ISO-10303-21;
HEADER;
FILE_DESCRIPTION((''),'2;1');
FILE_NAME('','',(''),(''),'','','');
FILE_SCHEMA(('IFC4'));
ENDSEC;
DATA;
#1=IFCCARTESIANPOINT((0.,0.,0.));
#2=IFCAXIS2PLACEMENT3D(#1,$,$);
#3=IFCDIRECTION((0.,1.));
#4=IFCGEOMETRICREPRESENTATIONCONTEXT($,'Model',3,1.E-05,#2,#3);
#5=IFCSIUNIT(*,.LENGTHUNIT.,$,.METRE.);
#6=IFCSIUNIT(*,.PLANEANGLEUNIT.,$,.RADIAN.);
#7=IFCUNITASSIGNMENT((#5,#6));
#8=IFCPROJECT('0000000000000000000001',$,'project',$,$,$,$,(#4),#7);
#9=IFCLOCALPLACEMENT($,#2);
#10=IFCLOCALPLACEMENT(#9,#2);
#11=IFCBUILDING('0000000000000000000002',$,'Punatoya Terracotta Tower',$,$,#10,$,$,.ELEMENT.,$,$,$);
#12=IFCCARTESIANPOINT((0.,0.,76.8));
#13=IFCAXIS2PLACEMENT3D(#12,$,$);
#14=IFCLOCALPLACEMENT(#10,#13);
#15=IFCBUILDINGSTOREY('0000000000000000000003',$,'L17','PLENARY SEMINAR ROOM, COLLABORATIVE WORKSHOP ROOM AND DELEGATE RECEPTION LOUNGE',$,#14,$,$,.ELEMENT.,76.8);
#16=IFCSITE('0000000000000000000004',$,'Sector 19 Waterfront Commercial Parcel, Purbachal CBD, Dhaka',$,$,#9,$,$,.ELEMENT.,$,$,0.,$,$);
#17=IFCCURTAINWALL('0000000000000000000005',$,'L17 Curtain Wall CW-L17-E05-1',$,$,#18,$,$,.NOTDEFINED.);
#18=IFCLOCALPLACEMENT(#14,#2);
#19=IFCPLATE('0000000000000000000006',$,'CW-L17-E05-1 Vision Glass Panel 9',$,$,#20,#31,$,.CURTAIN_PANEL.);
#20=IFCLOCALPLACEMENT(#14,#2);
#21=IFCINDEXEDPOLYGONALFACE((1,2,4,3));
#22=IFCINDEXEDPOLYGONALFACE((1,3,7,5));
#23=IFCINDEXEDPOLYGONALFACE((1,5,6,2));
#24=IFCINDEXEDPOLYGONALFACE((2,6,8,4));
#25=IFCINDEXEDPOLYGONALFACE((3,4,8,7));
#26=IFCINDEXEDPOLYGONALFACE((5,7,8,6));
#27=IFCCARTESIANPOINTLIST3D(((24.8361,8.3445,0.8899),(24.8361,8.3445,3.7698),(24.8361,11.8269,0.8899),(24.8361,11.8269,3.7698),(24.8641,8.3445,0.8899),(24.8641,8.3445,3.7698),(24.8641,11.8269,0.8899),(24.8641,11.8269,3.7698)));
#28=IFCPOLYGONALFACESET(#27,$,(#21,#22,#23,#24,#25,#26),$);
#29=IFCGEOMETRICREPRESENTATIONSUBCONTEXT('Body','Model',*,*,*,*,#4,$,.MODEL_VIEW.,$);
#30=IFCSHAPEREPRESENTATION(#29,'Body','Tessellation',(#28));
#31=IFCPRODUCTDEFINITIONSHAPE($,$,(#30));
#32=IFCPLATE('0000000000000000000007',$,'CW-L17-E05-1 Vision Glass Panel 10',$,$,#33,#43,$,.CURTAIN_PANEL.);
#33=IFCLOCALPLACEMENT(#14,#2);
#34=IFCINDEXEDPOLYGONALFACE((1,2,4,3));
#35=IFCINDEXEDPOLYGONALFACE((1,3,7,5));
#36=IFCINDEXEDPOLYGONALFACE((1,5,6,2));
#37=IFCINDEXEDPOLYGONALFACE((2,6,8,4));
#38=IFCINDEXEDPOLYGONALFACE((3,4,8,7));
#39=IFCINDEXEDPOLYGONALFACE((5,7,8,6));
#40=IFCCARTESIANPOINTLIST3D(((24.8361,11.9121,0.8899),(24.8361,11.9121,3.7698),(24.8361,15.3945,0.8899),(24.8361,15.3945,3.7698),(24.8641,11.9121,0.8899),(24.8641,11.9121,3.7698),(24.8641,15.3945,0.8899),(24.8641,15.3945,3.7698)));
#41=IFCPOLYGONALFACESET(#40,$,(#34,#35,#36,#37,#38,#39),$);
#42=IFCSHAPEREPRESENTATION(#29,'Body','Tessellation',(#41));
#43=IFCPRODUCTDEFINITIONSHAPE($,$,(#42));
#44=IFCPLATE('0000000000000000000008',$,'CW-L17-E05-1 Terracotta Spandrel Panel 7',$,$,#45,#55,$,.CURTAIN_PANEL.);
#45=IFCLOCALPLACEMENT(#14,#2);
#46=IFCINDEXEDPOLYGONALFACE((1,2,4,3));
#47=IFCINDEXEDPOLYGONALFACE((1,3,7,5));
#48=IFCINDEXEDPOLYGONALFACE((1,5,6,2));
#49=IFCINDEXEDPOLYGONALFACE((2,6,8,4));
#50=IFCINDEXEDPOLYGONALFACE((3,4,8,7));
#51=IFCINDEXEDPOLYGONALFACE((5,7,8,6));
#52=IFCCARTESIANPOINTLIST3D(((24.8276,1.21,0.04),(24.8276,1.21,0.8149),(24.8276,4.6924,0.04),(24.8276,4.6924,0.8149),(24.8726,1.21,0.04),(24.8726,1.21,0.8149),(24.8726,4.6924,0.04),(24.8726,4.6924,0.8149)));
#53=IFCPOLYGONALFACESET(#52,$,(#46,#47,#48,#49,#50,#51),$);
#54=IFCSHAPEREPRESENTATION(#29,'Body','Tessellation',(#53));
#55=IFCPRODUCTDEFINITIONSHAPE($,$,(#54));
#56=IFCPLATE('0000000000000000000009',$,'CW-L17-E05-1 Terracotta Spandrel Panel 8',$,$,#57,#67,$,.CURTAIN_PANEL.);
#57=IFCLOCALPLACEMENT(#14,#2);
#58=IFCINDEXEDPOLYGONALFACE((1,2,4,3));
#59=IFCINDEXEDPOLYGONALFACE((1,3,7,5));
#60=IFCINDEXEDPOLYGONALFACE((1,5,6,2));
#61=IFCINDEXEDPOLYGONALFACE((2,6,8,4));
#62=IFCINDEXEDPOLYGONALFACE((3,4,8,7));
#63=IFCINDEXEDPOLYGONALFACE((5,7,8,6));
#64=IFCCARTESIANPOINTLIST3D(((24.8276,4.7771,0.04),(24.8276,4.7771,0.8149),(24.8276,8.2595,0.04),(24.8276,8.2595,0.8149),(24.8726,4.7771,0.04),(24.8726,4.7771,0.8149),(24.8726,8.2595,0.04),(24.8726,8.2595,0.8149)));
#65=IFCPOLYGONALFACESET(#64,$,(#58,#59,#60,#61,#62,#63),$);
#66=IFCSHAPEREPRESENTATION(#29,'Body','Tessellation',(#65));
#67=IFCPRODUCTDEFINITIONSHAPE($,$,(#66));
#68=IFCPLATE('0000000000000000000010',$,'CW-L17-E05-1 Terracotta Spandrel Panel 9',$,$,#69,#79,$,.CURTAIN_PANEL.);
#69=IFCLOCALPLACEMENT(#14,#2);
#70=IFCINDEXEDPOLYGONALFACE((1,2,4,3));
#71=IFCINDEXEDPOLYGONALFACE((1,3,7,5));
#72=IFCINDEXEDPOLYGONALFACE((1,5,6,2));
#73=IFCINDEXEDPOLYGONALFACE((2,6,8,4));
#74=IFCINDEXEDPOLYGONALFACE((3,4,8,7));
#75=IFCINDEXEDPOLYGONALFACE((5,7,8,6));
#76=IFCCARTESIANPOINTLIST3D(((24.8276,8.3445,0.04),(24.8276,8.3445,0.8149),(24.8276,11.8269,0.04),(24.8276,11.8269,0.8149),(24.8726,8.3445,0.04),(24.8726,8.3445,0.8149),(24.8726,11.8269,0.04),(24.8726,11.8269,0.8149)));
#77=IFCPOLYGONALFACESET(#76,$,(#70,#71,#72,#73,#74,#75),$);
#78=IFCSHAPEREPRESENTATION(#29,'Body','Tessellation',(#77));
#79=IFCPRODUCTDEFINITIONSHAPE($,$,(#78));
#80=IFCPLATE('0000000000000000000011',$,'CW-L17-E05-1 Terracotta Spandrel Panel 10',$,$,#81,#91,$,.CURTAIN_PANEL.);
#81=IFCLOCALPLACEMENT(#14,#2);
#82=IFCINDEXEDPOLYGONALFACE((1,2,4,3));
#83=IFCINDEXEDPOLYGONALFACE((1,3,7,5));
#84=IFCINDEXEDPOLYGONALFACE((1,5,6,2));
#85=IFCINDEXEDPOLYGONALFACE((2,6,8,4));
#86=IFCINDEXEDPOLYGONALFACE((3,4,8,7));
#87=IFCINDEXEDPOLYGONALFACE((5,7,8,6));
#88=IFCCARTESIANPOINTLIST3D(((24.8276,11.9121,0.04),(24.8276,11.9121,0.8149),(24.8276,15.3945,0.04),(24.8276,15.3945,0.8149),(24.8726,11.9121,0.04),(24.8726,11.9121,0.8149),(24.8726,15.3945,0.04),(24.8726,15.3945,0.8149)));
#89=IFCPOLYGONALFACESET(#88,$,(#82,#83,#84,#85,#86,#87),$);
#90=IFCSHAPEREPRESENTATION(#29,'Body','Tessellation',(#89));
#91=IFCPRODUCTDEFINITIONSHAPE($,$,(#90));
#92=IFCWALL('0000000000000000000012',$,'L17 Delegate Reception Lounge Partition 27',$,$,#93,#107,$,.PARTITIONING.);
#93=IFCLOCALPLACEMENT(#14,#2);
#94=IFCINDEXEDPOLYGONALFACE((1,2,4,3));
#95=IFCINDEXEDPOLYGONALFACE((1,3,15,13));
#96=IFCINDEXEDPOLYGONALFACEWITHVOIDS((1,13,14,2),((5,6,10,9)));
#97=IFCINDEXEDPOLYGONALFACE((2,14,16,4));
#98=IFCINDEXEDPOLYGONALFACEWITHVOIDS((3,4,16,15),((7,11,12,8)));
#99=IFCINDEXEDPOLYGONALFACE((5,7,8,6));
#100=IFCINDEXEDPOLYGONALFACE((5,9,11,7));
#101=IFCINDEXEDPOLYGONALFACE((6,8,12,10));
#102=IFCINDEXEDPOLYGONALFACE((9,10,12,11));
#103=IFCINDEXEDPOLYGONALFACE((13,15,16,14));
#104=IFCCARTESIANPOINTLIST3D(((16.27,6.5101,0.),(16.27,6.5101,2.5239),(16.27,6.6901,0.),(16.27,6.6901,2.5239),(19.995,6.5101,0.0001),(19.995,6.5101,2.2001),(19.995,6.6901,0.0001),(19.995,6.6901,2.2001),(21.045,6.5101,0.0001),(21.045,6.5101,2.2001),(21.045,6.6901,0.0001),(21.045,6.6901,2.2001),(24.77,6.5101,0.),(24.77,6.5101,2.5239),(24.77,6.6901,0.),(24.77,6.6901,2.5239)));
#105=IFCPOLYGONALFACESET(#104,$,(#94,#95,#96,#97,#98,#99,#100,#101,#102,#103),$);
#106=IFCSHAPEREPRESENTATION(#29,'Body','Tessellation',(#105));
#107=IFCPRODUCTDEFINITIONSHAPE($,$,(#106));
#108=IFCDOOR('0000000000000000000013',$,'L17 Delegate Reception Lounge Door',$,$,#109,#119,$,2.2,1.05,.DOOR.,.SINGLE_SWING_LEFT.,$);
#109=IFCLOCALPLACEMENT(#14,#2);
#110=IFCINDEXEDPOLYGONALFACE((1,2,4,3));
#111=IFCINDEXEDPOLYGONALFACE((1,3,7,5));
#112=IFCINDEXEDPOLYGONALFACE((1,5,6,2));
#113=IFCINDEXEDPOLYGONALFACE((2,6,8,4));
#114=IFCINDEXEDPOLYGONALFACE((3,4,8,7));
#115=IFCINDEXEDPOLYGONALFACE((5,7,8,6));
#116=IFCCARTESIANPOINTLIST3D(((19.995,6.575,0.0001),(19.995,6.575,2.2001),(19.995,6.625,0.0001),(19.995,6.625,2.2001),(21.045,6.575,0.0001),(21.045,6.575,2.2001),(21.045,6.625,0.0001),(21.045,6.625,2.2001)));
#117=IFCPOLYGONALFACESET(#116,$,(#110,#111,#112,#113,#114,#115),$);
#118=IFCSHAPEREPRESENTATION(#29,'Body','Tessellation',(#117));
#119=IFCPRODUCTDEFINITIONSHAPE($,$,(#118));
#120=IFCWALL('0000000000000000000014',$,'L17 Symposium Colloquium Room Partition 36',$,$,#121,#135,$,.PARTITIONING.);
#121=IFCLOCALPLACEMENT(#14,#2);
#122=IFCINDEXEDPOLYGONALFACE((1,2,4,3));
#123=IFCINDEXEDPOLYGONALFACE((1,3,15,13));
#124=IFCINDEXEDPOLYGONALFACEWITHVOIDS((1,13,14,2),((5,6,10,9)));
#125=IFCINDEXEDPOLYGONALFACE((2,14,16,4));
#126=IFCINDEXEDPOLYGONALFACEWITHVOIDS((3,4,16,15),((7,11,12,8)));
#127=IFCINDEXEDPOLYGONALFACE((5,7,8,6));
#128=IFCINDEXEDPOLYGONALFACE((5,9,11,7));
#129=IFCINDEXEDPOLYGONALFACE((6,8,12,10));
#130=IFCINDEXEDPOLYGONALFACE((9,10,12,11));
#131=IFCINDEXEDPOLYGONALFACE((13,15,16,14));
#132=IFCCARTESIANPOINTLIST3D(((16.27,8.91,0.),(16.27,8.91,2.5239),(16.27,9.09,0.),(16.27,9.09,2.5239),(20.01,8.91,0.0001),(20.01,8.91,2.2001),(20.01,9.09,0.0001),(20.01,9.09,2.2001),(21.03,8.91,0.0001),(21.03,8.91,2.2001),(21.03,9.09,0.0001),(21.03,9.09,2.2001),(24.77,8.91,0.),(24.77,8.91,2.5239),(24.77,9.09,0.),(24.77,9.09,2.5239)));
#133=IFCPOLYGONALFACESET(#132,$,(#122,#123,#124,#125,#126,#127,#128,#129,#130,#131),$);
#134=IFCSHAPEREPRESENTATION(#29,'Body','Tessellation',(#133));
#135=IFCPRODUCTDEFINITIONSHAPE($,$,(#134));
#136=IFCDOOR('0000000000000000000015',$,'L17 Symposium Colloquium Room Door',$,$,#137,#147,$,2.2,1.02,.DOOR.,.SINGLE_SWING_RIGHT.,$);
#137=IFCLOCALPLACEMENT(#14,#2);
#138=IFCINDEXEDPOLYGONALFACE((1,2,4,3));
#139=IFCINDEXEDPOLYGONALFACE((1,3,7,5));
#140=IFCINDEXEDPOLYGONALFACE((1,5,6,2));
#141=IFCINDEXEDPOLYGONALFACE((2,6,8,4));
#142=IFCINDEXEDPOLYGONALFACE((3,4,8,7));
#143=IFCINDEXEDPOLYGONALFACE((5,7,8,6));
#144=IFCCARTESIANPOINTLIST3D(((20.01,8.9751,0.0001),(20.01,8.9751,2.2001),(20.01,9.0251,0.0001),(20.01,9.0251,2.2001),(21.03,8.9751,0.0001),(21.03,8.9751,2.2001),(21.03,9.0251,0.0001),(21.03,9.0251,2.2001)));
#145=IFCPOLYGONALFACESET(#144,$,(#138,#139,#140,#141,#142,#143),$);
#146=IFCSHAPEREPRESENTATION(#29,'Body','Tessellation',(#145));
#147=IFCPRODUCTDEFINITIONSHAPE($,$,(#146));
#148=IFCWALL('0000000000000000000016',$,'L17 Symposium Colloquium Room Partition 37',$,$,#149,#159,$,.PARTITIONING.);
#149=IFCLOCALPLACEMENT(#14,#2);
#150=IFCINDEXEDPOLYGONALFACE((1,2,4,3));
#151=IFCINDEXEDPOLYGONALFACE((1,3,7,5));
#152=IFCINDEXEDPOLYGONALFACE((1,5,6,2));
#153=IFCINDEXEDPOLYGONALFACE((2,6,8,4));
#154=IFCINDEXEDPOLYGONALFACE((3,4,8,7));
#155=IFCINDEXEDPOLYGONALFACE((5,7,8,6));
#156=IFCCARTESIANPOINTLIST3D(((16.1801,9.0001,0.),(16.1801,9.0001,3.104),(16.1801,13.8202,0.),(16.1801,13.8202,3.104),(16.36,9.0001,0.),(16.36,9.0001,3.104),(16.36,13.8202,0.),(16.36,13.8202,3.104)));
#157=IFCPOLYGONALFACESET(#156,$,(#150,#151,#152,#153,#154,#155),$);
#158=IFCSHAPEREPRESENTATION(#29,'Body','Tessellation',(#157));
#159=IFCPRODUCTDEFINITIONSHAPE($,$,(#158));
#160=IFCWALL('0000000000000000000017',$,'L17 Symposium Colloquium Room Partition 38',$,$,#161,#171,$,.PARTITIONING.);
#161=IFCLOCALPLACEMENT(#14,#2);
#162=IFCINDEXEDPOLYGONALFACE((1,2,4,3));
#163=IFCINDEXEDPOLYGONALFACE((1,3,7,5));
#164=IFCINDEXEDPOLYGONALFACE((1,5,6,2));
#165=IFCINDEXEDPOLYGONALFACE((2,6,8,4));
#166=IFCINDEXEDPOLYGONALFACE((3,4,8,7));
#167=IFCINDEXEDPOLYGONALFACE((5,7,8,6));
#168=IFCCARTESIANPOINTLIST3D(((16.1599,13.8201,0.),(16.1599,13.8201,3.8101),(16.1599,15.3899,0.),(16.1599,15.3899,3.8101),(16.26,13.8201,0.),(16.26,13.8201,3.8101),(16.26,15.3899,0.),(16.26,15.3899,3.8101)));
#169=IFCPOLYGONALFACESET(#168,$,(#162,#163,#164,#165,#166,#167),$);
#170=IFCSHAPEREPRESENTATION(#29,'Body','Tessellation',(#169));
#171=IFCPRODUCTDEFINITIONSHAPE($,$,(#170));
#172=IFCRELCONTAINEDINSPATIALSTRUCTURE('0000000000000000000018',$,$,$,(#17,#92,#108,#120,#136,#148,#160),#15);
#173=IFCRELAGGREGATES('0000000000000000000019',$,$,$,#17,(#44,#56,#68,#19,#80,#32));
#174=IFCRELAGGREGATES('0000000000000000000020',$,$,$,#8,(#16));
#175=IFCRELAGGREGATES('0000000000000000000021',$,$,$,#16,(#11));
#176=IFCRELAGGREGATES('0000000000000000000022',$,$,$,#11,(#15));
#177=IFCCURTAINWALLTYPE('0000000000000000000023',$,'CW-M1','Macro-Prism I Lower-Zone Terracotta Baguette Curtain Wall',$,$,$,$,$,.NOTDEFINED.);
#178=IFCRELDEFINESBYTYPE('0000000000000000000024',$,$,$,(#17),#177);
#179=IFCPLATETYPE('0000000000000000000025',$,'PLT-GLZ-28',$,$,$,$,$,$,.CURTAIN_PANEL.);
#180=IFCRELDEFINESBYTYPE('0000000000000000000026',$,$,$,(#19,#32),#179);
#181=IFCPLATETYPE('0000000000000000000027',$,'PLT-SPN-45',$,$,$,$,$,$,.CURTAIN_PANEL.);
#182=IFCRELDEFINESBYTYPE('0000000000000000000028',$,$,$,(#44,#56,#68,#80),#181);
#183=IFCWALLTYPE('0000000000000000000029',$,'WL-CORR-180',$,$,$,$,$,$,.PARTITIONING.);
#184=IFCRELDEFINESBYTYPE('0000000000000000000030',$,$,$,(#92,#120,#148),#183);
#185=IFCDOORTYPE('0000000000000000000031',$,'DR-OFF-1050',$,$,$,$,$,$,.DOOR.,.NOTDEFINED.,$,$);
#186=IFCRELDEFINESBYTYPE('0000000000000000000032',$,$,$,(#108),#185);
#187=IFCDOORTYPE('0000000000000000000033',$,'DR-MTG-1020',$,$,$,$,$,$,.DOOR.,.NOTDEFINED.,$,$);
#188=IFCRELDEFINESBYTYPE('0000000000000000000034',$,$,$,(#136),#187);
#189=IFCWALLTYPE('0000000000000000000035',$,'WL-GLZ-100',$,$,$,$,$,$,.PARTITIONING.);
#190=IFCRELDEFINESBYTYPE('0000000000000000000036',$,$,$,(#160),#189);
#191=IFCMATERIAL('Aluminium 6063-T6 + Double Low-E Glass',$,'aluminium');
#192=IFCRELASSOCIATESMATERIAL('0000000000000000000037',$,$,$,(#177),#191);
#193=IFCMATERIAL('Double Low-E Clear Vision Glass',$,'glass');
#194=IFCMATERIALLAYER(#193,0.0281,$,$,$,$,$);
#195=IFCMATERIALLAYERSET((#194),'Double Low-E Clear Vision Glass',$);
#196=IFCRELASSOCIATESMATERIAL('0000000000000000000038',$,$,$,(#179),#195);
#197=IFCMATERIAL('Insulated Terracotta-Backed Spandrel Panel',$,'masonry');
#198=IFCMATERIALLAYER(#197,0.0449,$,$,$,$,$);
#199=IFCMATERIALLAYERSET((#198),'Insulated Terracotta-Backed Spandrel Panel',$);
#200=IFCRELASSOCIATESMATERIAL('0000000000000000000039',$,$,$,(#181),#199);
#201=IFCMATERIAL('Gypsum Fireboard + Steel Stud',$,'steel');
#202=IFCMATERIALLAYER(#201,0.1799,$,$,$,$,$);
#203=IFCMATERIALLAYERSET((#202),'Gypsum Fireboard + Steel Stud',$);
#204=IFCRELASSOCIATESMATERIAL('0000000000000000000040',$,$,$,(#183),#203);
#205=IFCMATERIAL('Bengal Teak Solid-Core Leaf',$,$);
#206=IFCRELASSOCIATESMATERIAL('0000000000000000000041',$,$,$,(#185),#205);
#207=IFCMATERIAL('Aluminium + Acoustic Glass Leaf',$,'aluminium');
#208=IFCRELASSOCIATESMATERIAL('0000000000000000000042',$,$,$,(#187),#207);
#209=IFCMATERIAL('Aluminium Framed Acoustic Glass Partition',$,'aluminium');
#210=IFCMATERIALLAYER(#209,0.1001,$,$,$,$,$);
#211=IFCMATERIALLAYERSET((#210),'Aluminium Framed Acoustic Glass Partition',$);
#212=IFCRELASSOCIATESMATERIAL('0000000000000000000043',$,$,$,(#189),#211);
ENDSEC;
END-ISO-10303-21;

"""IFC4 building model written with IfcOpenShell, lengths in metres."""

from ifc_helpers import new_model, si_unit, direction, frame, frame_2d, origin, origin_2d, place, context, subcontext, project, spatial, rectangle, extrude, material, layer, layer_set, type_object, element, fill, aggregate, save


model = new_model("IFC4")

# Units and contexts
model_context = context("Model", 3, precision=1e-05, world=origin(), true_north=direction((0.0, 1.0)))
body_context = subcontext(model_context, "Body", "Model", "MODEL_VIEW")
ifc_project = project(units=[si_unit("LENGTHUNIT", "METRE"), si_unit("PLANEANGLEUNIT", "RADIAN")], contexts=[model_context])

# Site, building, storey
site_placement = place(None, origin())
site = spatial("IfcSite", under=ifc_project, at=site_placement, Name="Sector 19 Waterfront Commercial Parcel, Purbachal CBD, Dhaka", CompositionType="ELEMENT", RefElevation=0.0)
building_placement = place(site_placement, origin())
building = spatial("IfcBuilding", under=site, at=building_placement, Name="Punatoya Terracotta Tower", CompositionType="ELEMENT")
storey_placement = place(building_placement, frame((0.0, 0.0, 76.8)))
storey = spatial("IfcBuildingStorey", under=building, at=storey_placement, Name="L17", Description="PLENARY SEMINAR ROOM, COLLABORATIVE WORKSHOP ROOM AND DELEGATE RECEPTION LOUNGE", CompositionType="ELEMENT", Elevation=76.8)

# Curtain wall, plates
ifc_material_1 = material(Name="Aluminium 6063-T6 + Double Low-E Glass", Category="aluminium")
curtain_wall_type = type_object("IfcCurtainWallType", Name="CW-M1", Description="Macro-Prism I Lower-Zone Terracotta Baguette Curtain Wall", PredefinedType="NOTDEFINED", material=ifc_material_1)
curtain_wall_placement = place(storey_placement, origin())
curtain_wall = element("IfcCurtainWall", 1, at=curtain_wall_placement, inside=storey, type_object=curtain_wall_type, Name="L17 Curtain Wall CW-L17-E05-1", PredefinedType="NOTDEFINED")
ifc_material_2 = material(Name="Double Low-E Clear Vision Glass", Category="glass")
ifc_layer_1 = layer(ifc_material_2, 0.0281)
ifc_layer_set_1 = layer_set([ifc_layer_1], Name="Double Low-E Clear Vision Glass")
plate_type_1 = type_object("IfcPlateType", Name="PLT-GLZ-28", PredefinedType="CURTAIN_PANEL", material=ifc_layer_set_1)
plate_1_placement = place(storey_placement, frame((24.8501, 10.0857, 0.8899), z_axis=(0.0, 0.0, 1.0), x_axis=(0.0, 1.0, 0.0)))
plate_1 = element("IfcPlate", 2, at=plate_1_placement, type_object=plate_type_1, Name="CW-L17-E05-1 Vision Glass Panel 9", PredefinedType="CURTAIN_PANEL", context=body_context, shape_type="SweptSolid", body=[
    extrude(rectangle(XDim=3.4824, YDim=0.0281, at=origin_2d()), origin(), (0.0, 0.0, 1.0), 2.8799),
])
plate_2_placement = place(storey_placement, frame((24.8501, 13.6533, 0.8899), z_axis=(0.0, 0.0, 1.0), x_axis=(0.0, 1.0, 0.0)))
plate_2 = element("IfcPlate", 3, at=plate_2_placement, type_object=plate_type_1, Name="CW-L17-E05-1 Vision Glass Panel 10", PredefinedType="CURTAIN_PANEL", context=body_context, shape_type="SweptSolid", body=[
    extrude(rectangle(XDim=3.4824, YDim=0.0281, at=origin_2d()), origin(), (0.0, 0.0, 1.0), 2.8799),
])
ifc_material_3 = material(Name="Insulated Terracotta-Backed Spandrel Panel", Category="masonry")
ifc_layer_2 = layer(ifc_material_3, 0.0449)
ifc_layer_set_2 = layer_set([ifc_layer_2], Name="Insulated Terracotta-Backed Spandrel Panel")
plate_type_2 = type_object("IfcPlateType", Name="PLT-SPN-45", PredefinedType="CURTAIN_PANEL", material=ifc_layer_set_2)
plate_3_placement = place(storey_placement, frame((24.8501, 2.9512, 0.04), z_axis=(0.0, 0.0, 1.0), x_axis=(0.0, 1.0, 0.0)))
plate_3 = element("IfcPlate", 4, at=plate_3_placement, type_object=plate_type_2, Name="CW-L17-E05-1 Terracotta Spandrel Panel 7", PredefinedType="CURTAIN_PANEL", context=body_context, shape_type="SweptSolid", body=[
    extrude(rectangle(XDim=3.4824, YDim=0.0449, at=origin_2d()), origin(), (0.0, 0.0, 1.0), 0.7749),
])
plate_4_placement = place(storey_placement, frame((24.8501, 6.5183, 0.04), z_axis=(0.0, 0.0, 1.0), x_axis=(0.0, 1.0, 0.0)))
plate_4 = element("IfcPlate", 5, at=plate_4_placement, type_object=plate_type_2, Name="CW-L17-E05-1 Terracotta Spandrel Panel 8", PredefinedType="CURTAIN_PANEL", context=body_context, shape_type="SweptSolid", body=[
    extrude(rectangle(XDim=3.4824, YDim=0.0449, at=origin_2d()), origin(), (0.0, 0.0, 1.0), 0.7749),
])
plate_5_placement = place(storey_placement, frame((24.8501, 10.0857, 0.04), z_axis=(0.0, 0.0, 1.0), x_axis=(0.0, 1.0, 0.0)))
plate_5 = element("IfcPlate", 6, at=plate_5_placement, type_object=plate_type_2, Name="CW-L17-E05-1 Terracotta Spandrel Panel 9", PredefinedType="CURTAIN_PANEL", context=body_context, shape_type="SweptSolid", body=[
    extrude(rectangle(XDim=3.4824, YDim=0.0449, at=origin_2d()), origin(), (0.0, 0.0, 1.0), 0.7749),
])
plate_6_placement = place(storey_placement, frame((24.8501, 13.6533, 0.04), z_axis=(0.0, 0.0, 1.0), x_axis=(0.0, 1.0, 0.0)))
plate_6 = element("IfcPlate", 7, at=plate_6_placement, type_object=plate_type_2, Name="CW-L17-E05-1 Terracotta Spandrel Panel 10", PredefinedType="CURTAIN_PANEL", context=body_context, shape_type="SweptSolid", body=[
    extrude(rectangle(XDim=3.4824, YDim=0.0449, at=origin_2d()), origin(), (0.0, 0.0, 1.0), 0.7749),
])
aggregate(curtain_wall, [plate_3, plate_4, plate_5, plate_1, plate_6, plate_2])

# Walls, openings, doors
ifc_material_4 = material(Name="Gypsum Fireboard + Steel Stud", Category="steel")
ifc_layer_3 = layer(ifc_material_4, 0.1799)
ifc_layer_set_3 = layer_set([ifc_layer_3], Name="Gypsum Fireboard + Steel Stud")
wall_type_1 = type_object("IfcWallType", Name="WL-CORR-180", PredefinedType="PARTITIONING", material=ifc_layer_set_3)
wall_1_placement = place(storey_placement, frame((16.27, 6.6001, 0.0), z_axis=(0.0, 0.0, 1.0), x_axis=(1.0, 0.0, 0.0)))
wall_1 = element("IfcWall", 8, at=wall_1_placement, inside=storey, type_object=wall_type_1, Name="L17 Delegate Reception Lounge Partition 27", PredefinedType="PARTITIONING", context=body_context, shape_type="SweptSolid", body=[
    extrude(rectangle(XDim=8.5, YDim=0.1799, at=frame_2d((4.25, 0.0))), origin(), (0.0, 0.0, 1.0), 2.5239),
])
opening_1_placement = place(wall_1_placement, frame((3.7251, 0.0, 0.0)))
opening_1 = element("IfcOpeningElement", 9, at=opening_1_placement, cuts=wall_1, PredefinedType="OPENING", context=body_context, shape_type="SweptSolid", body=[
    extrude(rectangle(XDim=1.05, YDim=2.2, at=frame_2d((0.5249, 1.1001))), frame((0.0, 0.0999, 0.0), z_axis=(0.0, -1.0, 0.0), x_axis=(1.0, 0.0, 0.0)), (0.0, 0.0, 1.0), 0.2),
])
ifc_material_5 = material(Name="Bengal Teak Solid-Core Leaf")
door_type_1 = type_object("IfcDoorType", Name="DR-OFF-1050", OperationType="NOTDEFINED", PredefinedType="DOOR", material=ifc_material_5)
door_1_placement = place(opening_1_placement, origin())
door_1 = element("IfcDoor", 10, at=door_1_placement, inside=storey, type_object=door_type_1, Name="L17 Delegate Reception Lounge Door", OperationType="SINGLE_SWING_LEFT", OverallHeight=2.2, OverallWidth=1.05, PredefinedType="DOOR", context=body_context, shape_type="SweptSolid", body=[
    extrude(rectangle(XDim=1.05, YDim=2.2, at=frame_2d((0.5249, 1.1001))), frame((0.0, 0.0249, 0.0), z_axis=(0.0, -1.0, 0.0), x_axis=(1.0, 0.0, 0.0)), (0.0, 0.0, 1.0), 0.05),
])
fill(opening_1, door_1)
wall_2_placement = place(storey_placement, frame((24.77, 9.0, 0.0), z_axis=(0.0, 0.0, 1.0), x_axis=(-1.0, 0.0, 0.0)))
wall_2 = element("IfcWall", 11, at=wall_2_placement, inside=storey, type_object=wall_type_1, Name="L17 Symposium Colloquium Room Partition 36", PredefinedType="PARTITIONING", context=body_context, shape_type="SweptSolid", body=[
    extrude(rectangle(XDim=8.5, YDim=0.1799, at=frame_2d((4.25, 0.0))), origin(), (0.0, 0.0, 1.0), 2.5239),
])
opening_2_placement = place(wall_2_placement, frame((3.74, 0.0, 0.0)))
opening_2 = element("IfcOpeningElement", 12, at=opening_2_placement, cuts=wall_2, PredefinedType="OPENING", context=body_context, shape_type="SweptSolid", body=[
    extrude(rectangle(XDim=1.02, YDim=2.2, at=frame_2d((0.51, 1.1001))), frame((0.0, 0.0999, 0.0), z_axis=(0.0, -1.0, 0.0), x_axis=(1.0, 0.0, 0.0)), (0.0, 0.0, 1.0), 0.2),
])
ifc_material_6 = material(Name="Aluminium + Acoustic Glass Leaf", Category="aluminium")
door_type_2 = type_object("IfcDoorType", Name="DR-MTG-1020", OperationType="NOTDEFINED", PredefinedType="DOOR", material=ifc_material_6)
door_2_placement = place(opening_2_placement, origin())
door_2 = element("IfcDoor", 13, at=door_2_placement, inside=storey, type_object=door_type_2, Name="L17 Symposium Colloquium Room Door", OperationType="SINGLE_SWING_RIGHT", OverallHeight=2.2, OverallWidth=1.02, PredefinedType="DOOR", context=body_context, shape_type="SweptSolid", body=[
    extrude(rectangle(XDim=1.02, YDim=2.2, at=frame_2d((0.51, 1.1001))), frame((0.0, 0.0249, 0.0), z_axis=(0.0, -1.0, 0.0), x_axis=(1.0, 0.0, 0.0)), (0.0, 0.0, 1.0), 0.05),
])
fill(opening_2, door_2)

# Walls
wall_3_placement = place(storey_placement, frame((16.27, 9.0, 0.0), z_axis=(0.0, 0.0, 1.0), x_axis=(0.0, 1.0, 0.0)))
element("IfcWall", 14, at=wall_3_placement, inside=storey, type_object=wall_type_1, Name="L17 Symposium Colloquium Room Partition 37", PredefinedType="PARTITIONING", context=body_context, shape_type="SweptSolid", body=[
    extrude(rectangle(XDim=4.8201, YDim=0.1799, at=frame_2d((2.4102, 0.0))), origin(), (0.0, 0.0, 1.0), 3.104),
])
ifc_material_7 = material(Name="Aluminium Framed Acoustic Glass Partition", Category="aluminium")
ifc_layer_4 = layer(ifc_material_7, 0.1001)
ifc_layer_set_4 = layer_set([ifc_layer_4], Name="Aluminium Framed Acoustic Glass Partition")
wall_type_2 = type_object("IfcWallType", Name="WL-GLZ-100", PredefinedType="PARTITIONING", material=ifc_layer_set_4)
wall_4_placement = place(storey_placement, frame((16.21, 13.8201, 0.0), z_axis=(0.0, 0.0, 1.0), x_axis=(0.0, 1.0, 0.0)))
element("IfcWall", 15, at=wall_4_placement, inside=storey, type_object=wall_type_2, Name="L17 Symposium Colloquium Room Partition 38", PredefinedType="PARTITIONING", context=body_context, shape_type="SweptSolid", body=[
    extrude(rectangle(XDim=1.5698, YDim=0.1001, at=frame_2d((0.7849, 0.0))), origin(), (0.0, 0.0, 1.0), 3.8101),
])

save(model, "model.ifc")
